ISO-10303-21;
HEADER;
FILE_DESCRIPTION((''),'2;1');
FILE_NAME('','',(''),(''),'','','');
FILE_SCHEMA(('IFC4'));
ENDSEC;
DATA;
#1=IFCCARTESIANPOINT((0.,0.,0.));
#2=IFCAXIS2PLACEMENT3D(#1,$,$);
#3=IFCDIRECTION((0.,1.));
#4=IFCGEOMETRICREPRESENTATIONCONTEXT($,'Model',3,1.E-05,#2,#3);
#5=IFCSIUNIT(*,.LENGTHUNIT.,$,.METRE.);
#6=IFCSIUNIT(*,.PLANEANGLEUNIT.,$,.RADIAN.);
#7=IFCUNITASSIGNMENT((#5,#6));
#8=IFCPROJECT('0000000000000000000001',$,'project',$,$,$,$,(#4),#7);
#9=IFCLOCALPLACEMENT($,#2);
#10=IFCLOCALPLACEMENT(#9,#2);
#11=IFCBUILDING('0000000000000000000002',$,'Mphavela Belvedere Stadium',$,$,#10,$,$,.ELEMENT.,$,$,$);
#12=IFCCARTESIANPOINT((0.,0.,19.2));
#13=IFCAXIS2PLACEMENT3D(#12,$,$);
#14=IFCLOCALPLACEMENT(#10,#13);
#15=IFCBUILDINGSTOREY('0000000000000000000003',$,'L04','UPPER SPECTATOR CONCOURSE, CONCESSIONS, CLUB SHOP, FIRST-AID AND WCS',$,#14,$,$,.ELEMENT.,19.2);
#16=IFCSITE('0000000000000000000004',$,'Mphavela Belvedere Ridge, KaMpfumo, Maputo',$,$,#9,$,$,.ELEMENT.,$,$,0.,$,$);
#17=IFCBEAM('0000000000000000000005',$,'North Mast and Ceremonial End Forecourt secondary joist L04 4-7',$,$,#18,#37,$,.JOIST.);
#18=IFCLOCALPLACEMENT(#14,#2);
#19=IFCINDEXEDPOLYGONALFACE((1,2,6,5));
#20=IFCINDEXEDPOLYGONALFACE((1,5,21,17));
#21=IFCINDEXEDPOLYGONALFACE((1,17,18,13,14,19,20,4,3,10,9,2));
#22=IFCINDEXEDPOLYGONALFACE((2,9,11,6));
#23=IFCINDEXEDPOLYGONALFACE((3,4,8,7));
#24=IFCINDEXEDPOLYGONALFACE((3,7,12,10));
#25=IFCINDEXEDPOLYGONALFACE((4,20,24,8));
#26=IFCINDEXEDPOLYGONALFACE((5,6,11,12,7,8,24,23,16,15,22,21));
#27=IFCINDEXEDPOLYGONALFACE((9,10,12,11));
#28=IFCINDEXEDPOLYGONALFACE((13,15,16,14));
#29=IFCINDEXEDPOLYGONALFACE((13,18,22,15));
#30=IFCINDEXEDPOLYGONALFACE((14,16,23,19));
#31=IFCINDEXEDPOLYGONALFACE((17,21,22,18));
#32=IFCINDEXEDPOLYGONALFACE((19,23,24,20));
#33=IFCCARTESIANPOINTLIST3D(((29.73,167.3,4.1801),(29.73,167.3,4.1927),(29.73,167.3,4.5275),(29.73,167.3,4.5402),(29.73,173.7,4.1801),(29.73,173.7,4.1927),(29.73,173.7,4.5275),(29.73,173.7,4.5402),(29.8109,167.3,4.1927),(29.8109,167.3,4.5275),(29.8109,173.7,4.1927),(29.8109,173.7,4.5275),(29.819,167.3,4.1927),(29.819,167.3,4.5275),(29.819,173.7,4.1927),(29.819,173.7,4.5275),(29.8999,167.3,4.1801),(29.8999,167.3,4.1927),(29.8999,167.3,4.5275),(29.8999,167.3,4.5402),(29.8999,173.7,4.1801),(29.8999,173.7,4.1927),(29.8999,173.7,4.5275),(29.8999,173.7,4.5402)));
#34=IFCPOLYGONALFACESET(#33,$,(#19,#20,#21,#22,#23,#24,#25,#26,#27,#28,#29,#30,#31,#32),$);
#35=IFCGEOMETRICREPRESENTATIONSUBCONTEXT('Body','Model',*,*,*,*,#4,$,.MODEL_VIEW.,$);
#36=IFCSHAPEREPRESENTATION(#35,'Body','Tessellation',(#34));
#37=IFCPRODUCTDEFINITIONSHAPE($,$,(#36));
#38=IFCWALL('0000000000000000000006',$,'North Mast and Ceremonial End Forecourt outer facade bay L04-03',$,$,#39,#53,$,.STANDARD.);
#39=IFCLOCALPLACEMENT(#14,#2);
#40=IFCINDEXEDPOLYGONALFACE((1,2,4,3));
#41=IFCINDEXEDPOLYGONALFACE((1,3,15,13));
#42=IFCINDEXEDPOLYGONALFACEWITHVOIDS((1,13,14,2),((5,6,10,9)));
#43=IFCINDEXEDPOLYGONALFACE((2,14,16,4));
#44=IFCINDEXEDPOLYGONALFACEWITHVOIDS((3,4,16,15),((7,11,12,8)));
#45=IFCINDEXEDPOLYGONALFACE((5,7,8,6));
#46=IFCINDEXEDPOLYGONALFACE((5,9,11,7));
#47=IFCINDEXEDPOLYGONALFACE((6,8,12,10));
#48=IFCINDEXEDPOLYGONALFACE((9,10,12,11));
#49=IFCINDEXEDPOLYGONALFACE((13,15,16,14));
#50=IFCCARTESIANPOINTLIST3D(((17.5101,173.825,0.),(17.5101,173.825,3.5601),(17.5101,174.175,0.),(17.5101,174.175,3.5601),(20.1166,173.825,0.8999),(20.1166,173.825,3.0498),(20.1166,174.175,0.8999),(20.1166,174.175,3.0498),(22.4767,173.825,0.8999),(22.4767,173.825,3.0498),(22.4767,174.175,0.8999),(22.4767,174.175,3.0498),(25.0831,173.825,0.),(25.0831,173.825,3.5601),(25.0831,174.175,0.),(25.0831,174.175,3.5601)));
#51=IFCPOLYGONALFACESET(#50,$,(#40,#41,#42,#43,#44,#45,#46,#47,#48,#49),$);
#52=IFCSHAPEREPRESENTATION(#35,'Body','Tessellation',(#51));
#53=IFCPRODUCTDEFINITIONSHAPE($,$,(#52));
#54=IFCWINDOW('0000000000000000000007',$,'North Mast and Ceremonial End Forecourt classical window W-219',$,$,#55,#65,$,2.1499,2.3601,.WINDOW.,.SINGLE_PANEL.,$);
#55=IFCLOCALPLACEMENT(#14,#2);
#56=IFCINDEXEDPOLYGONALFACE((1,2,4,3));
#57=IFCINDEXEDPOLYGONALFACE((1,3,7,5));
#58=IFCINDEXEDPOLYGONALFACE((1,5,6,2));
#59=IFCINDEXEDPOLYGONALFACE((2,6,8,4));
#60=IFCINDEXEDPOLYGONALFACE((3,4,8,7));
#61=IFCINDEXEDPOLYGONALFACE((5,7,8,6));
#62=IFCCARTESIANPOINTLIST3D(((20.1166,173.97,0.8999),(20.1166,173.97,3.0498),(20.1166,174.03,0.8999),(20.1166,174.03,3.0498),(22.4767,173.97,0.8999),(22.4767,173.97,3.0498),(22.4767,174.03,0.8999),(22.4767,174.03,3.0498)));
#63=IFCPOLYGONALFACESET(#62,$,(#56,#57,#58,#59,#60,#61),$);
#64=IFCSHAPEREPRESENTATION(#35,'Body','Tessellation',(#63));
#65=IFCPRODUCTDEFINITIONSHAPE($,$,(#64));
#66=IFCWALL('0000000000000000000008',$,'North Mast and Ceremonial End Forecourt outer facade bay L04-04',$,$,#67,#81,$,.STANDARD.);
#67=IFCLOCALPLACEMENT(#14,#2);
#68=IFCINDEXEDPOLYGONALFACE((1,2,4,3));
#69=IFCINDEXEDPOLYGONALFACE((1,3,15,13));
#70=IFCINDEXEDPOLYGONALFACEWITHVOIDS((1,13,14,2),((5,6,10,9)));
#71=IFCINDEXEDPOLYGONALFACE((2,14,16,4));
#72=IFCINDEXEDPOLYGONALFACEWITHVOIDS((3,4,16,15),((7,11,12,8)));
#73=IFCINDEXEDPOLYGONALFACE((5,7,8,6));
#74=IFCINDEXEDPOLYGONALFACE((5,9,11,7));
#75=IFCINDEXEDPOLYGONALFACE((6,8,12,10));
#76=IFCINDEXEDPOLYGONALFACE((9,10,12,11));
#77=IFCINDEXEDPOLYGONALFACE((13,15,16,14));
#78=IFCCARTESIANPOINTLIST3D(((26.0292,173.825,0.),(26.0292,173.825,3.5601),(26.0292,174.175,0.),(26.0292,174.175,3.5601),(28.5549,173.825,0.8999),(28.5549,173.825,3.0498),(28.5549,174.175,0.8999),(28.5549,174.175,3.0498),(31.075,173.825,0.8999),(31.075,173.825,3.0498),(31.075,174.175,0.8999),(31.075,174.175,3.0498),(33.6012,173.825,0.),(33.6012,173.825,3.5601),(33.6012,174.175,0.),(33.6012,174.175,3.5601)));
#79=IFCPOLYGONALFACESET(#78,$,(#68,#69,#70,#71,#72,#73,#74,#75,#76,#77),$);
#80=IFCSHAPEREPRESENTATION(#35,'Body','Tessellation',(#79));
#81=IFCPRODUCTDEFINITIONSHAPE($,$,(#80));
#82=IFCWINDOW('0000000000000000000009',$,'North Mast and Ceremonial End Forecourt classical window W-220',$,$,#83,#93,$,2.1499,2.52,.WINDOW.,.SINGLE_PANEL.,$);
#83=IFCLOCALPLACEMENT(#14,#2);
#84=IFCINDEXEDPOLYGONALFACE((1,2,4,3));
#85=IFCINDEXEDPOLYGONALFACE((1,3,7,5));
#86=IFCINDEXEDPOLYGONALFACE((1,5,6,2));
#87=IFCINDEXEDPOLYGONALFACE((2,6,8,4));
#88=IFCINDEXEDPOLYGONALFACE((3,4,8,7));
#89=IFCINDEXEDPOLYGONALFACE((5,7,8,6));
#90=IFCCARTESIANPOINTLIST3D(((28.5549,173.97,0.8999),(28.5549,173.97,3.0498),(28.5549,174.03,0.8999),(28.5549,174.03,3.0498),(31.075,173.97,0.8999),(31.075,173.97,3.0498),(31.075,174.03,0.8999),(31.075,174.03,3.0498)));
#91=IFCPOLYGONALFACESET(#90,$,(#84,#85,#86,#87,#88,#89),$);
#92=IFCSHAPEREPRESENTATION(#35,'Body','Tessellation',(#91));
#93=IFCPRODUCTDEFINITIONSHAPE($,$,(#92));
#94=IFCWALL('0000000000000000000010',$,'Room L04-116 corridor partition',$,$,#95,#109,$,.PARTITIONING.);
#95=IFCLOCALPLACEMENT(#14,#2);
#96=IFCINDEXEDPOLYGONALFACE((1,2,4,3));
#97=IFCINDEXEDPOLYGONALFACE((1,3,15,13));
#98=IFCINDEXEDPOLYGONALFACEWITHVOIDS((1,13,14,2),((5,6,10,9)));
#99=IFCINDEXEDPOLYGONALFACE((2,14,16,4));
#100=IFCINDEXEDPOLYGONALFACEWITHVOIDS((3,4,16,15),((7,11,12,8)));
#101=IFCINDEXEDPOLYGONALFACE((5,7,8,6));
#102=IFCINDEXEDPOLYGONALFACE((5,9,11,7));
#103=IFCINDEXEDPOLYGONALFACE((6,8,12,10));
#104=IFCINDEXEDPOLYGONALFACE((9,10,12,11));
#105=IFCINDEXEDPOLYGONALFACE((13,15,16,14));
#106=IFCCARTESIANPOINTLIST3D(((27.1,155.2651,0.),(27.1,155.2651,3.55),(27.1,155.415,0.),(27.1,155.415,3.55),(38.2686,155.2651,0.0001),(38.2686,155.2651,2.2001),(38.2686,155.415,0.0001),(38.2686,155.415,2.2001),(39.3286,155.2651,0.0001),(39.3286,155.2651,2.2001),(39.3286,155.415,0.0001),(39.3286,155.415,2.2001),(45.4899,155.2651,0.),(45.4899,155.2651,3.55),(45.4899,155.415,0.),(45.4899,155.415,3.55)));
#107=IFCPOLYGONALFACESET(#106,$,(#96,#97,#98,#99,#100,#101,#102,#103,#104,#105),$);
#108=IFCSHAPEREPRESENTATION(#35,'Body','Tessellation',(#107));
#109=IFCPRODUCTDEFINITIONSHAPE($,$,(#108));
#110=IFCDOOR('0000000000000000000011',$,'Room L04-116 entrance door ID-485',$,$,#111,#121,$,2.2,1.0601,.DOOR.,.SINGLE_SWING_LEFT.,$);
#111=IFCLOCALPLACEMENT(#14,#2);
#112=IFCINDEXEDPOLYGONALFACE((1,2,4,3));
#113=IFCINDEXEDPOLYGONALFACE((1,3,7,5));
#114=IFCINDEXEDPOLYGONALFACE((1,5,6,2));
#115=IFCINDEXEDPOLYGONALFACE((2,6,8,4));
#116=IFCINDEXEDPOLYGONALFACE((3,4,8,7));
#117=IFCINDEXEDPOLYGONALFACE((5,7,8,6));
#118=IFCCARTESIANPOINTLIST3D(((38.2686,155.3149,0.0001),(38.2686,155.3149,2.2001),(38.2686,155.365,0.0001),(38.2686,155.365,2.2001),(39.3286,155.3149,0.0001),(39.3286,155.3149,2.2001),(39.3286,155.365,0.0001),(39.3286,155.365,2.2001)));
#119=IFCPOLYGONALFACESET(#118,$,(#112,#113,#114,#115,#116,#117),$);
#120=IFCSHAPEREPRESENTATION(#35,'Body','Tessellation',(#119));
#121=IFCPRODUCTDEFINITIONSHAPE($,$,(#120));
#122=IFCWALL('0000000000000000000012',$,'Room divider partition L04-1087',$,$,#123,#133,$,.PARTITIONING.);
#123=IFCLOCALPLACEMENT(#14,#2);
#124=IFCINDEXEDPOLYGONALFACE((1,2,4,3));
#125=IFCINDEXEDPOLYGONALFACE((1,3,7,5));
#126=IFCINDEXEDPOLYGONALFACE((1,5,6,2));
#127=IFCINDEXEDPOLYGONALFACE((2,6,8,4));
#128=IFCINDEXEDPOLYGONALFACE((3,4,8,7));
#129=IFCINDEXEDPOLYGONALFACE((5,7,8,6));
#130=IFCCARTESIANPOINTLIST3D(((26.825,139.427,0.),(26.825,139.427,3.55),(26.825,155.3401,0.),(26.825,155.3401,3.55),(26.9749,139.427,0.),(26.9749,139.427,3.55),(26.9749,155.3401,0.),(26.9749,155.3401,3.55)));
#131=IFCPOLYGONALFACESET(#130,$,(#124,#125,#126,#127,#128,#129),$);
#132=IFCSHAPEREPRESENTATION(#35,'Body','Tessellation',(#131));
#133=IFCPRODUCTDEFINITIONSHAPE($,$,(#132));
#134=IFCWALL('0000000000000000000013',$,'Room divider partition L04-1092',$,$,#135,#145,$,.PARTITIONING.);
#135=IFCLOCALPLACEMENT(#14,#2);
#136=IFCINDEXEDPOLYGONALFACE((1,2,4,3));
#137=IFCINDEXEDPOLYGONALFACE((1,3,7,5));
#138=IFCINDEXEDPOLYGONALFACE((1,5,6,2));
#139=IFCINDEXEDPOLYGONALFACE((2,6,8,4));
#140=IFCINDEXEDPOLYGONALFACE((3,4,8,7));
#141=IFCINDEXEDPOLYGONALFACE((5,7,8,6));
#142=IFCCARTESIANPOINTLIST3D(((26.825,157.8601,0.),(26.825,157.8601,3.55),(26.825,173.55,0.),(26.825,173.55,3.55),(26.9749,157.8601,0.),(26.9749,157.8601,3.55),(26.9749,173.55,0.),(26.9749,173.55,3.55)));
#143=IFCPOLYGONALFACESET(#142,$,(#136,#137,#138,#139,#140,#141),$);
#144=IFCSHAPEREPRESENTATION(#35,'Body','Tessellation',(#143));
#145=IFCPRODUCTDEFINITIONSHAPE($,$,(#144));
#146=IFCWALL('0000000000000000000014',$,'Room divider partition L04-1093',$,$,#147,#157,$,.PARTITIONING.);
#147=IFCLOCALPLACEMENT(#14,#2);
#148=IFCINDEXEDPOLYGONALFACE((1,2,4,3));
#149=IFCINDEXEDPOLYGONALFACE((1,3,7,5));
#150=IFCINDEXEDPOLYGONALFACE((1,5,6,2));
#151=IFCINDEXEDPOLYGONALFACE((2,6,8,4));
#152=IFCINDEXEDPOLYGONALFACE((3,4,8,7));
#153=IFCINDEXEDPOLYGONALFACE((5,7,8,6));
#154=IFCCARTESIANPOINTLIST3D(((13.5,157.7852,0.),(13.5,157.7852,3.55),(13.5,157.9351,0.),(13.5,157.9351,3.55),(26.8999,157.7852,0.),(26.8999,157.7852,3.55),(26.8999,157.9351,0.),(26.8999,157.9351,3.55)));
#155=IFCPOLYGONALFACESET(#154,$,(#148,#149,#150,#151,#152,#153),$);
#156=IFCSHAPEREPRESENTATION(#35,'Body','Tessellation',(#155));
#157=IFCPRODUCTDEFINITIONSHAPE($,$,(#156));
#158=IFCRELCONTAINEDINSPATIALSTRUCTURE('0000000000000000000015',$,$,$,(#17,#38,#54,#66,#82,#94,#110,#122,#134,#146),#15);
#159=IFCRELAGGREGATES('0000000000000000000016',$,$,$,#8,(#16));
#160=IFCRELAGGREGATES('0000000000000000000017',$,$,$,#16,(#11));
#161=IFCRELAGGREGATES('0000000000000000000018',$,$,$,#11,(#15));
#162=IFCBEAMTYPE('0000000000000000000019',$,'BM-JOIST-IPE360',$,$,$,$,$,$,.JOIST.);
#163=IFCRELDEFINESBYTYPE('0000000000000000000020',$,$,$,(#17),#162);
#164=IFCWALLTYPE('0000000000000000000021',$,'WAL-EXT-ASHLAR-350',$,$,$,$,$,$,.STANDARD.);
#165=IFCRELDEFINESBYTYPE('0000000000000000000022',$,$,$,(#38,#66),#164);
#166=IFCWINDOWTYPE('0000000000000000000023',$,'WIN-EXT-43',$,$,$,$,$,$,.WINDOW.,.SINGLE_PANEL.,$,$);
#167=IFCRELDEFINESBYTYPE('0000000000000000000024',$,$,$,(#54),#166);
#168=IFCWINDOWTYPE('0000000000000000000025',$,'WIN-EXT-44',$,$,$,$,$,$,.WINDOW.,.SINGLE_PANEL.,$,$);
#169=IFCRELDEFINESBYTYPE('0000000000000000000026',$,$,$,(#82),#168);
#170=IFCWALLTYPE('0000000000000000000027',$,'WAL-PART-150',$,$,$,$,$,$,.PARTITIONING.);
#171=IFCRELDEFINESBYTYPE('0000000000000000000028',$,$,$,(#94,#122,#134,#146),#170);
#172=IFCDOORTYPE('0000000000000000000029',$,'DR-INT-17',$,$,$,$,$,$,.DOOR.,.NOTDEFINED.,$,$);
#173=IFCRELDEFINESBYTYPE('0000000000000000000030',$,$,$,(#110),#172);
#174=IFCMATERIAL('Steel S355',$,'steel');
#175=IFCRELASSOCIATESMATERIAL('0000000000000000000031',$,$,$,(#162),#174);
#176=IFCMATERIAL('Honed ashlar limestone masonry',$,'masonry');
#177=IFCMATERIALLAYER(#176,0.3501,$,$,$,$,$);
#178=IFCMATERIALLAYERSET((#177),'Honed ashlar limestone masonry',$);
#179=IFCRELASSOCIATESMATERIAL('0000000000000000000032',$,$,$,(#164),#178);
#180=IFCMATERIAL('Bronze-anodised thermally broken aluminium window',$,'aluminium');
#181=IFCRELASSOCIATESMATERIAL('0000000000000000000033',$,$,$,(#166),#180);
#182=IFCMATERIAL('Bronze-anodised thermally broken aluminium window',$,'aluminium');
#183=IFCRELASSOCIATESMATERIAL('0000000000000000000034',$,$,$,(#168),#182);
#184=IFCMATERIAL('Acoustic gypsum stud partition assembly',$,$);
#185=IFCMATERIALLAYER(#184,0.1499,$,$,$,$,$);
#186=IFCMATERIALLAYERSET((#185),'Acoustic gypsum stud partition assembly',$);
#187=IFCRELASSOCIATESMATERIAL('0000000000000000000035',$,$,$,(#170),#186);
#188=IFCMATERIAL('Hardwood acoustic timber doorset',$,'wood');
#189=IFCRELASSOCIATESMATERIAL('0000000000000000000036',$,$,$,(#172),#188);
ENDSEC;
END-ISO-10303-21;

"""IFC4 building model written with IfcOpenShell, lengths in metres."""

from ifc_helpers import new_model, si_unit, direction, frame, frame_2d, origin, origin_2d, place, context, subcontext, project, spatial, rectangle, i_section, extrude, material, layer, layer_set, material_profile, profile_set, type_object, element, fill, save


model = new_model("IFC4")

# Units and contexts
model_context = context("Model", 3, precision=1e-05, world=origin(), true_north=direction((0.0, 1.0)))
body_context = subcontext(model_context, "Body", "Model", "MODEL_VIEW")
ifc_project = project(units=[si_unit("LENGTHUNIT", "METRE"), si_unit("PLANEANGLEUNIT", "RADIAN")], contexts=[model_context])

# Site, building, storey
site_placement = place(None, origin())
site = spatial("IfcSite", under=ifc_project, at=site_placement, Name="Mphavela Belvedere Ridge, KaMpfumo, Maputo", CompositionType="ELEMENT", RefElevation=0.0)
building_placement = place(site_placement, origin())
building = spatial("IfcBuilding", under=site, at=building_placement, Name="Mphavela Belvedere Stadium", CompositionType="ELEMENT")
storey_placement = place(building_placement, frame((0.0, 0.0, 19.2)))
storey = spatial("IfcBuildingStorey", under=building, at=storey_placement, Name="L04", Description="UPPER SPECTATOR CONCOURSE, CONCESSIONS, CLUB SHOP, FIRST-AID AND WCS", CompositionType="ELEMENT", Elevation=19.2)

# Beam
ifc_material_1 = material(Name="Steel S355", Category="steel")
ifc_material_profile_1 = material_profile(ifc_material_1, i_section(OverallWidth=0.1699, OverallDepth=0.3601, WebThickness=0.0081, FlangeThickness=0.0127, at=origin_2d()), Name="IPE 360")
ifc_profile_set_1 = profile_set([ifc_material_profile_1], Name="Steel S355")
beam_type_1 = type_object("IfcBeamType", Name="BM-JOIST-IPE360", PredefinedType="JOIST", material=ifc_profile_set_1)
for number, where, z_axis, x_axis, name in (
    (1, (29.8149, 167.3, 4.3601), (0.0, 1.0, 0.0), (-1.0, 0.0, 0.0), "North Mast and Ceremonial End Forecourt secondary joist L04 4-7"),
):
    element("IfcBeam", number, at=place(storey_placement, frame(where, z_axis=z_axis, x_axis=x_axis)), inside=storey, type_object=beam_type_1, Name=name, PredefinedType="JOIST", context=body_context, shape_type="SweptSolid", body=[
        extrude(i_section(OverallWidth=0.1699, OverallDepth=0.3601, WebThickness=0.0081, FlangeThickness=0.0127, at=origin_2d()), origin(), (0.0, 0.0, 1.0), 6.3999),
    ])

# Walls, openings, windows
ifc_material_2 = material(Name="Honed ashlar limestone masonry", Category="masonry")
ifc_layer_1 = layer(ifc_material_2, 0.3501)
ifc_layer_set_1 = layer_set([ifc_layer_1], Name="Honed ashlar limestone masonry")
wall_type_1 = type_object("IfcWallType", Name="WAL-EXT-ASHLAR-350", PredefinedType="STANDARD", material=ifc_layer_set_1)
wall_1_placement = place(storey_placement, frame((17.51, 174.0, 0.0), z_axis=(0.0, 0.0, 1.0), x_axis=(1.0, 0.0, 0.0)))
wall_1 = element("IfcWall", 2, at=wall_1_placement, inside=storey, type_object=wall_type_1, Name="North Mast and Ceremonial End Forecourt outer facade bay L04-03", PredefinedType="STANDARD", context=body_context, shape_type="SweptSolid", body=[
    extrude(rectangle(XDim=7.573, YDim=0.3501, at=frame_2d((3.7866, 0.0))), origin(), (0.0, 0.0, 1.0), 3.5601),
])
opening_1_placement = place(wall_1_placement, frame((2.6064, 0.0, 0.8999)))
opening_1 = element("IfcOpeningElement", 3, at=opening_1_placement, cuts=wall_1, PredefinedType="OPENING", context=body_context, shape_type="SweptSolid", body=[
    extrude(rectangle(XDim=2.3601, YDim=2.1499, at=frame_2d((1.1802, 1.075))), frame((0.0, 0.1851, 0.0), z_axis=(0.0, -1.0, 0.0), x_axis=(1.0, 0.0, 0.0)), (0.0, 0.0, 1.0), 0.3701),
])
ifc_material_3 = material(Name="Bronze-anodised thermally broken aluminium window", Category="aluminium")
window_type_1 = type_object("IfcWindowType", Name="WIN-EXT-43", PartitioningType="SINGLE_PANEL", PredefinedType="WINDOW", material=ifc_material_3)
window_1_placement = place(opening_1_placement, origin())
window_1 = element("IfcWindow", 4, at=window_1_placement, inside=storey, type_object=window_type_1, Name="North Mast and Ceremonial End Forecourt classical window W-219", OverallHeight=2.1499, OverallWidth=2.3601, PartitioningType="SINGLE_PANEL", PredefinedType="WINDOW", context=body_context, shape_type="SweptSolid", body=[
    extrude(rectangle(XDim=2.3601, YDim=2.1499, at=frame_2d((1.1802, 1.075))), frame((0.0, 0.03, 0.0), z_axis=(0.0, -1.0, 0.0), x_axis=(1.0, 0.0, 0.0)), (0.0, 0.0, 1.0), 0.0601),
])
fill(opening_1, window_1)
wall_2_placement = place(storey_placement, frame((26.0291, 174.0, 0.0), z_axis=(0.0, 0.0, 1.0), x_axis=(1.0, 0.0, 0.0)))
wall_2 = element("IfcWall", 5, at=wall_2_placement, inside=storey, type_object=wall_type_1, Name="North Mast and Ceremonial End Forecourt outer facade bay L04-04", PredefinedType="STANDARD", context=body_context, shape_type="SweptSolid", body=[
    extrude(rectangle(XDim=7.572, YDim=0.3501, at=frame_2d((3.7861, 0.0))), origin(), (0.0, 0.0, 1.0), 3.5601),
])
opening_2_placement = place(wall_2_placement, frame((2.5259, 0.0, 0.8999)))
opening_2 = element("IfcOpeningElement", 6, at=opening_2_placement, cuts=wall_2, PredefinedType="OPENING", context=body_context, shape_type="SweptSolid", body=[
    extrude(rectangle(XDim=2.52, YDim=2.1499, at=frame_2d((1.26, 1.075))), frame((0.0, 0.1851, 0.0), z_axis=(0.0, -1.0, 0.0), x_axis=(1.0, 0.0, 0.0)), (0.0, 0.0, 1.0), 0.3701),
])
ifc_material_4 = material(Name="Bronze-anodised thermally broken aluminium window", Category="aluminium")
window_type_2 = type_object("IfcWindowType", Name="WIN-EXT-44", PartitioningType="SINGLE_PANEL", PredefinedType="WINDOW", material=ifc_material_4)
window_2_placement = place(opening_2_placement, origin())
window_2 = element("IfcWindow", 7, at=window_2_placement, inside=storey, type_object=window_type_2, Name="North Mast and Ceremonial End Forecourt classical window W-220", OverallHeight=2.1499, OverallWidth=2.52, PartitioningType="SINGLE_PANEL", PredefinedType="WINDOW", context=body_context, shape_type="SweptSolid", body=[
    extrude(rectangle(XDim=2.52, YDim=2.1499, at=frame_2d((1.26, 1.075))), frame((0.0, 0.03, 0.0), z_axis=(0.0, -1.0, 0.0), x_axis=(1.0, 0.0, 0.0)), (0.0, 0.0, 1.0), 0.0601),
])
fill(opening_2, window_2)

# Wall, opening, door
ifc_material_5 = material(Name="Acoustic gypsum stud partition assembly")
ifc_layer_2 = layer(ifc_material_5, 0.1499)
ifc_layer_set_2 = layer_set([ifc_layer_2], Name="Acoustic gypsum stud partition assembly")
wall_type_2 = type_object("IfcWallType", Name="WAL-PART-150", PredefinedType="PARTITIONING", material=ifc_layer_set_2)
wall_3_placement = place(storey_placement, frame((27.1001, 155.3401, 0.0), z_axis=(0.0, 0.0, 1.0), x_axis=(1.0, 0.0, 0.0)))
wall_3 = element("IfcWall", 8, at=wall_3_placement, inside=storey, type_object=wall_type_2, Name="Room L04-116 corridor partition", PredefinedType="PARTITIONING", context=body_context, shape_type="SweptSolid", body=[
    extrude(rectangle(XDim=18.3899, YDim=0.1499, at=frame_2d((9.1948, 0.0))), origin(), (0.0, 0.0, 1.0), 3.55),
])
opening_3_placement = place(wall_3_placement, frame((11.1685, 0.0, 0.0)))
opening_3 = element("IfcOpeningElement", 9, at=opening_3_placement, cuts=wall_3, PredefinedType="OPENING", context=body_context, shape_type="SweptSolid", body=[
    extrude(rectangle(XDim=1.0601, YDim=2.2, at=frame_2d((0.53, 1.1001))), frame((0.0, 0.085, 0.0), z_axis=(0.0, -1.0, 0.0), x_axis=(1.0, 0.0, 0.0)), (0.0, 0.0, 1.0), 0.1699),
])
ifc_material_6 = material(Name="Hardwood acoustic timber doorset", Category="wood")
door_type = type_object("IfcDoorType", Name="DR-INT-17", OperationType="NOTDEFINED", PredefinedType="DOOR", material=ifc_material_6)
door_placement = place(opening_3_placement, origin())
door = element("IfcDoor", 10, at=door_placement, inside=storey, type_object=door_type, Name="Room L04-116 entrance door ID-485", OperationType="SINGLE_SWING_LEFT", OverallHeight=2.2, OverallWidth=1.0601, PredefinedType="DOOR", context=body_context, shape_type="SweptSolid", body=[
    extrude(rectangle(XDim=1.0601, YDim=2.2, at=frame_2d((0.53, 1.1001))), frame((0.0, 0.0249, 0.0), z_axis=(0.0, -1.0, 0.0), x_axis=(1.0, 0.0, 0.0)), (0.0, 0.0, 1.0), 0.05),
])
fill(opening_3, door)

# Walls
wall_4_placement = place(storey_placement, frame((26.8999, 155.3401, 0.0), z_axis=(0.0, 0.0, 1.0), x_axis=(0.0, -1.0, 0.0)))
element("IfcWall", 11, at=wall_4_placement, inside=storey, type_object=wall_type_2, Name="Room divider partition L04-1087", PredefinedType="PARTITIONING", context=body_context, shape_type="SweptSolid", body=[
    extrude(rectangle(XDim=15.9131, YDim=0.1499, at=frame_2d((7.9565, 0.0))), origin(), (0.0, 0.0, 1.0), 3.55),
])
wall_5_placement = place(storey_placement, frame((26.8999, 173.55, 0.0), z_axis=(0.0, 0.0, 1.0), x_axis=(0.0, -1.0, 0.0)))
element("IfcWall", 12, at=wall_5_placement, inside=storey, type_object=wall_type_2, Name="Room divider partition L04-1092", PredefinedType="PARTITIONING", context=body_context, shape_type="SweptSolid", body=[
    extrude(rectangle(XDim=15.6899, YDim=0.1499, at=frame_2d((7.845, 0.0))), origin(), (0.0, 0.0, 1.0), 3.55),
])
wall_6_placement = place(storey_placement, frame((26.8999, 157.8601, 0.0), z_axis=(0.0, 0.0, 1.0), x_axis=(-1.0, 0.0, 0.0)))
element("IfcWall", 13, at=wall_6_placement, inside=storey, type_object=wall_type_2, Name="Room divider partition L04-1093", PredefinedType="PARTITIONING", context=body_context, shape_type="SweptSolid", body=[
    extrude(rectangle(XDim=13.3999, YDim=0.1499, at=frame_2d((6.7, 0.0))), origin(), (0.0, 0.0, 1.0), 3.55),
])

save(model, "model.ifc")
